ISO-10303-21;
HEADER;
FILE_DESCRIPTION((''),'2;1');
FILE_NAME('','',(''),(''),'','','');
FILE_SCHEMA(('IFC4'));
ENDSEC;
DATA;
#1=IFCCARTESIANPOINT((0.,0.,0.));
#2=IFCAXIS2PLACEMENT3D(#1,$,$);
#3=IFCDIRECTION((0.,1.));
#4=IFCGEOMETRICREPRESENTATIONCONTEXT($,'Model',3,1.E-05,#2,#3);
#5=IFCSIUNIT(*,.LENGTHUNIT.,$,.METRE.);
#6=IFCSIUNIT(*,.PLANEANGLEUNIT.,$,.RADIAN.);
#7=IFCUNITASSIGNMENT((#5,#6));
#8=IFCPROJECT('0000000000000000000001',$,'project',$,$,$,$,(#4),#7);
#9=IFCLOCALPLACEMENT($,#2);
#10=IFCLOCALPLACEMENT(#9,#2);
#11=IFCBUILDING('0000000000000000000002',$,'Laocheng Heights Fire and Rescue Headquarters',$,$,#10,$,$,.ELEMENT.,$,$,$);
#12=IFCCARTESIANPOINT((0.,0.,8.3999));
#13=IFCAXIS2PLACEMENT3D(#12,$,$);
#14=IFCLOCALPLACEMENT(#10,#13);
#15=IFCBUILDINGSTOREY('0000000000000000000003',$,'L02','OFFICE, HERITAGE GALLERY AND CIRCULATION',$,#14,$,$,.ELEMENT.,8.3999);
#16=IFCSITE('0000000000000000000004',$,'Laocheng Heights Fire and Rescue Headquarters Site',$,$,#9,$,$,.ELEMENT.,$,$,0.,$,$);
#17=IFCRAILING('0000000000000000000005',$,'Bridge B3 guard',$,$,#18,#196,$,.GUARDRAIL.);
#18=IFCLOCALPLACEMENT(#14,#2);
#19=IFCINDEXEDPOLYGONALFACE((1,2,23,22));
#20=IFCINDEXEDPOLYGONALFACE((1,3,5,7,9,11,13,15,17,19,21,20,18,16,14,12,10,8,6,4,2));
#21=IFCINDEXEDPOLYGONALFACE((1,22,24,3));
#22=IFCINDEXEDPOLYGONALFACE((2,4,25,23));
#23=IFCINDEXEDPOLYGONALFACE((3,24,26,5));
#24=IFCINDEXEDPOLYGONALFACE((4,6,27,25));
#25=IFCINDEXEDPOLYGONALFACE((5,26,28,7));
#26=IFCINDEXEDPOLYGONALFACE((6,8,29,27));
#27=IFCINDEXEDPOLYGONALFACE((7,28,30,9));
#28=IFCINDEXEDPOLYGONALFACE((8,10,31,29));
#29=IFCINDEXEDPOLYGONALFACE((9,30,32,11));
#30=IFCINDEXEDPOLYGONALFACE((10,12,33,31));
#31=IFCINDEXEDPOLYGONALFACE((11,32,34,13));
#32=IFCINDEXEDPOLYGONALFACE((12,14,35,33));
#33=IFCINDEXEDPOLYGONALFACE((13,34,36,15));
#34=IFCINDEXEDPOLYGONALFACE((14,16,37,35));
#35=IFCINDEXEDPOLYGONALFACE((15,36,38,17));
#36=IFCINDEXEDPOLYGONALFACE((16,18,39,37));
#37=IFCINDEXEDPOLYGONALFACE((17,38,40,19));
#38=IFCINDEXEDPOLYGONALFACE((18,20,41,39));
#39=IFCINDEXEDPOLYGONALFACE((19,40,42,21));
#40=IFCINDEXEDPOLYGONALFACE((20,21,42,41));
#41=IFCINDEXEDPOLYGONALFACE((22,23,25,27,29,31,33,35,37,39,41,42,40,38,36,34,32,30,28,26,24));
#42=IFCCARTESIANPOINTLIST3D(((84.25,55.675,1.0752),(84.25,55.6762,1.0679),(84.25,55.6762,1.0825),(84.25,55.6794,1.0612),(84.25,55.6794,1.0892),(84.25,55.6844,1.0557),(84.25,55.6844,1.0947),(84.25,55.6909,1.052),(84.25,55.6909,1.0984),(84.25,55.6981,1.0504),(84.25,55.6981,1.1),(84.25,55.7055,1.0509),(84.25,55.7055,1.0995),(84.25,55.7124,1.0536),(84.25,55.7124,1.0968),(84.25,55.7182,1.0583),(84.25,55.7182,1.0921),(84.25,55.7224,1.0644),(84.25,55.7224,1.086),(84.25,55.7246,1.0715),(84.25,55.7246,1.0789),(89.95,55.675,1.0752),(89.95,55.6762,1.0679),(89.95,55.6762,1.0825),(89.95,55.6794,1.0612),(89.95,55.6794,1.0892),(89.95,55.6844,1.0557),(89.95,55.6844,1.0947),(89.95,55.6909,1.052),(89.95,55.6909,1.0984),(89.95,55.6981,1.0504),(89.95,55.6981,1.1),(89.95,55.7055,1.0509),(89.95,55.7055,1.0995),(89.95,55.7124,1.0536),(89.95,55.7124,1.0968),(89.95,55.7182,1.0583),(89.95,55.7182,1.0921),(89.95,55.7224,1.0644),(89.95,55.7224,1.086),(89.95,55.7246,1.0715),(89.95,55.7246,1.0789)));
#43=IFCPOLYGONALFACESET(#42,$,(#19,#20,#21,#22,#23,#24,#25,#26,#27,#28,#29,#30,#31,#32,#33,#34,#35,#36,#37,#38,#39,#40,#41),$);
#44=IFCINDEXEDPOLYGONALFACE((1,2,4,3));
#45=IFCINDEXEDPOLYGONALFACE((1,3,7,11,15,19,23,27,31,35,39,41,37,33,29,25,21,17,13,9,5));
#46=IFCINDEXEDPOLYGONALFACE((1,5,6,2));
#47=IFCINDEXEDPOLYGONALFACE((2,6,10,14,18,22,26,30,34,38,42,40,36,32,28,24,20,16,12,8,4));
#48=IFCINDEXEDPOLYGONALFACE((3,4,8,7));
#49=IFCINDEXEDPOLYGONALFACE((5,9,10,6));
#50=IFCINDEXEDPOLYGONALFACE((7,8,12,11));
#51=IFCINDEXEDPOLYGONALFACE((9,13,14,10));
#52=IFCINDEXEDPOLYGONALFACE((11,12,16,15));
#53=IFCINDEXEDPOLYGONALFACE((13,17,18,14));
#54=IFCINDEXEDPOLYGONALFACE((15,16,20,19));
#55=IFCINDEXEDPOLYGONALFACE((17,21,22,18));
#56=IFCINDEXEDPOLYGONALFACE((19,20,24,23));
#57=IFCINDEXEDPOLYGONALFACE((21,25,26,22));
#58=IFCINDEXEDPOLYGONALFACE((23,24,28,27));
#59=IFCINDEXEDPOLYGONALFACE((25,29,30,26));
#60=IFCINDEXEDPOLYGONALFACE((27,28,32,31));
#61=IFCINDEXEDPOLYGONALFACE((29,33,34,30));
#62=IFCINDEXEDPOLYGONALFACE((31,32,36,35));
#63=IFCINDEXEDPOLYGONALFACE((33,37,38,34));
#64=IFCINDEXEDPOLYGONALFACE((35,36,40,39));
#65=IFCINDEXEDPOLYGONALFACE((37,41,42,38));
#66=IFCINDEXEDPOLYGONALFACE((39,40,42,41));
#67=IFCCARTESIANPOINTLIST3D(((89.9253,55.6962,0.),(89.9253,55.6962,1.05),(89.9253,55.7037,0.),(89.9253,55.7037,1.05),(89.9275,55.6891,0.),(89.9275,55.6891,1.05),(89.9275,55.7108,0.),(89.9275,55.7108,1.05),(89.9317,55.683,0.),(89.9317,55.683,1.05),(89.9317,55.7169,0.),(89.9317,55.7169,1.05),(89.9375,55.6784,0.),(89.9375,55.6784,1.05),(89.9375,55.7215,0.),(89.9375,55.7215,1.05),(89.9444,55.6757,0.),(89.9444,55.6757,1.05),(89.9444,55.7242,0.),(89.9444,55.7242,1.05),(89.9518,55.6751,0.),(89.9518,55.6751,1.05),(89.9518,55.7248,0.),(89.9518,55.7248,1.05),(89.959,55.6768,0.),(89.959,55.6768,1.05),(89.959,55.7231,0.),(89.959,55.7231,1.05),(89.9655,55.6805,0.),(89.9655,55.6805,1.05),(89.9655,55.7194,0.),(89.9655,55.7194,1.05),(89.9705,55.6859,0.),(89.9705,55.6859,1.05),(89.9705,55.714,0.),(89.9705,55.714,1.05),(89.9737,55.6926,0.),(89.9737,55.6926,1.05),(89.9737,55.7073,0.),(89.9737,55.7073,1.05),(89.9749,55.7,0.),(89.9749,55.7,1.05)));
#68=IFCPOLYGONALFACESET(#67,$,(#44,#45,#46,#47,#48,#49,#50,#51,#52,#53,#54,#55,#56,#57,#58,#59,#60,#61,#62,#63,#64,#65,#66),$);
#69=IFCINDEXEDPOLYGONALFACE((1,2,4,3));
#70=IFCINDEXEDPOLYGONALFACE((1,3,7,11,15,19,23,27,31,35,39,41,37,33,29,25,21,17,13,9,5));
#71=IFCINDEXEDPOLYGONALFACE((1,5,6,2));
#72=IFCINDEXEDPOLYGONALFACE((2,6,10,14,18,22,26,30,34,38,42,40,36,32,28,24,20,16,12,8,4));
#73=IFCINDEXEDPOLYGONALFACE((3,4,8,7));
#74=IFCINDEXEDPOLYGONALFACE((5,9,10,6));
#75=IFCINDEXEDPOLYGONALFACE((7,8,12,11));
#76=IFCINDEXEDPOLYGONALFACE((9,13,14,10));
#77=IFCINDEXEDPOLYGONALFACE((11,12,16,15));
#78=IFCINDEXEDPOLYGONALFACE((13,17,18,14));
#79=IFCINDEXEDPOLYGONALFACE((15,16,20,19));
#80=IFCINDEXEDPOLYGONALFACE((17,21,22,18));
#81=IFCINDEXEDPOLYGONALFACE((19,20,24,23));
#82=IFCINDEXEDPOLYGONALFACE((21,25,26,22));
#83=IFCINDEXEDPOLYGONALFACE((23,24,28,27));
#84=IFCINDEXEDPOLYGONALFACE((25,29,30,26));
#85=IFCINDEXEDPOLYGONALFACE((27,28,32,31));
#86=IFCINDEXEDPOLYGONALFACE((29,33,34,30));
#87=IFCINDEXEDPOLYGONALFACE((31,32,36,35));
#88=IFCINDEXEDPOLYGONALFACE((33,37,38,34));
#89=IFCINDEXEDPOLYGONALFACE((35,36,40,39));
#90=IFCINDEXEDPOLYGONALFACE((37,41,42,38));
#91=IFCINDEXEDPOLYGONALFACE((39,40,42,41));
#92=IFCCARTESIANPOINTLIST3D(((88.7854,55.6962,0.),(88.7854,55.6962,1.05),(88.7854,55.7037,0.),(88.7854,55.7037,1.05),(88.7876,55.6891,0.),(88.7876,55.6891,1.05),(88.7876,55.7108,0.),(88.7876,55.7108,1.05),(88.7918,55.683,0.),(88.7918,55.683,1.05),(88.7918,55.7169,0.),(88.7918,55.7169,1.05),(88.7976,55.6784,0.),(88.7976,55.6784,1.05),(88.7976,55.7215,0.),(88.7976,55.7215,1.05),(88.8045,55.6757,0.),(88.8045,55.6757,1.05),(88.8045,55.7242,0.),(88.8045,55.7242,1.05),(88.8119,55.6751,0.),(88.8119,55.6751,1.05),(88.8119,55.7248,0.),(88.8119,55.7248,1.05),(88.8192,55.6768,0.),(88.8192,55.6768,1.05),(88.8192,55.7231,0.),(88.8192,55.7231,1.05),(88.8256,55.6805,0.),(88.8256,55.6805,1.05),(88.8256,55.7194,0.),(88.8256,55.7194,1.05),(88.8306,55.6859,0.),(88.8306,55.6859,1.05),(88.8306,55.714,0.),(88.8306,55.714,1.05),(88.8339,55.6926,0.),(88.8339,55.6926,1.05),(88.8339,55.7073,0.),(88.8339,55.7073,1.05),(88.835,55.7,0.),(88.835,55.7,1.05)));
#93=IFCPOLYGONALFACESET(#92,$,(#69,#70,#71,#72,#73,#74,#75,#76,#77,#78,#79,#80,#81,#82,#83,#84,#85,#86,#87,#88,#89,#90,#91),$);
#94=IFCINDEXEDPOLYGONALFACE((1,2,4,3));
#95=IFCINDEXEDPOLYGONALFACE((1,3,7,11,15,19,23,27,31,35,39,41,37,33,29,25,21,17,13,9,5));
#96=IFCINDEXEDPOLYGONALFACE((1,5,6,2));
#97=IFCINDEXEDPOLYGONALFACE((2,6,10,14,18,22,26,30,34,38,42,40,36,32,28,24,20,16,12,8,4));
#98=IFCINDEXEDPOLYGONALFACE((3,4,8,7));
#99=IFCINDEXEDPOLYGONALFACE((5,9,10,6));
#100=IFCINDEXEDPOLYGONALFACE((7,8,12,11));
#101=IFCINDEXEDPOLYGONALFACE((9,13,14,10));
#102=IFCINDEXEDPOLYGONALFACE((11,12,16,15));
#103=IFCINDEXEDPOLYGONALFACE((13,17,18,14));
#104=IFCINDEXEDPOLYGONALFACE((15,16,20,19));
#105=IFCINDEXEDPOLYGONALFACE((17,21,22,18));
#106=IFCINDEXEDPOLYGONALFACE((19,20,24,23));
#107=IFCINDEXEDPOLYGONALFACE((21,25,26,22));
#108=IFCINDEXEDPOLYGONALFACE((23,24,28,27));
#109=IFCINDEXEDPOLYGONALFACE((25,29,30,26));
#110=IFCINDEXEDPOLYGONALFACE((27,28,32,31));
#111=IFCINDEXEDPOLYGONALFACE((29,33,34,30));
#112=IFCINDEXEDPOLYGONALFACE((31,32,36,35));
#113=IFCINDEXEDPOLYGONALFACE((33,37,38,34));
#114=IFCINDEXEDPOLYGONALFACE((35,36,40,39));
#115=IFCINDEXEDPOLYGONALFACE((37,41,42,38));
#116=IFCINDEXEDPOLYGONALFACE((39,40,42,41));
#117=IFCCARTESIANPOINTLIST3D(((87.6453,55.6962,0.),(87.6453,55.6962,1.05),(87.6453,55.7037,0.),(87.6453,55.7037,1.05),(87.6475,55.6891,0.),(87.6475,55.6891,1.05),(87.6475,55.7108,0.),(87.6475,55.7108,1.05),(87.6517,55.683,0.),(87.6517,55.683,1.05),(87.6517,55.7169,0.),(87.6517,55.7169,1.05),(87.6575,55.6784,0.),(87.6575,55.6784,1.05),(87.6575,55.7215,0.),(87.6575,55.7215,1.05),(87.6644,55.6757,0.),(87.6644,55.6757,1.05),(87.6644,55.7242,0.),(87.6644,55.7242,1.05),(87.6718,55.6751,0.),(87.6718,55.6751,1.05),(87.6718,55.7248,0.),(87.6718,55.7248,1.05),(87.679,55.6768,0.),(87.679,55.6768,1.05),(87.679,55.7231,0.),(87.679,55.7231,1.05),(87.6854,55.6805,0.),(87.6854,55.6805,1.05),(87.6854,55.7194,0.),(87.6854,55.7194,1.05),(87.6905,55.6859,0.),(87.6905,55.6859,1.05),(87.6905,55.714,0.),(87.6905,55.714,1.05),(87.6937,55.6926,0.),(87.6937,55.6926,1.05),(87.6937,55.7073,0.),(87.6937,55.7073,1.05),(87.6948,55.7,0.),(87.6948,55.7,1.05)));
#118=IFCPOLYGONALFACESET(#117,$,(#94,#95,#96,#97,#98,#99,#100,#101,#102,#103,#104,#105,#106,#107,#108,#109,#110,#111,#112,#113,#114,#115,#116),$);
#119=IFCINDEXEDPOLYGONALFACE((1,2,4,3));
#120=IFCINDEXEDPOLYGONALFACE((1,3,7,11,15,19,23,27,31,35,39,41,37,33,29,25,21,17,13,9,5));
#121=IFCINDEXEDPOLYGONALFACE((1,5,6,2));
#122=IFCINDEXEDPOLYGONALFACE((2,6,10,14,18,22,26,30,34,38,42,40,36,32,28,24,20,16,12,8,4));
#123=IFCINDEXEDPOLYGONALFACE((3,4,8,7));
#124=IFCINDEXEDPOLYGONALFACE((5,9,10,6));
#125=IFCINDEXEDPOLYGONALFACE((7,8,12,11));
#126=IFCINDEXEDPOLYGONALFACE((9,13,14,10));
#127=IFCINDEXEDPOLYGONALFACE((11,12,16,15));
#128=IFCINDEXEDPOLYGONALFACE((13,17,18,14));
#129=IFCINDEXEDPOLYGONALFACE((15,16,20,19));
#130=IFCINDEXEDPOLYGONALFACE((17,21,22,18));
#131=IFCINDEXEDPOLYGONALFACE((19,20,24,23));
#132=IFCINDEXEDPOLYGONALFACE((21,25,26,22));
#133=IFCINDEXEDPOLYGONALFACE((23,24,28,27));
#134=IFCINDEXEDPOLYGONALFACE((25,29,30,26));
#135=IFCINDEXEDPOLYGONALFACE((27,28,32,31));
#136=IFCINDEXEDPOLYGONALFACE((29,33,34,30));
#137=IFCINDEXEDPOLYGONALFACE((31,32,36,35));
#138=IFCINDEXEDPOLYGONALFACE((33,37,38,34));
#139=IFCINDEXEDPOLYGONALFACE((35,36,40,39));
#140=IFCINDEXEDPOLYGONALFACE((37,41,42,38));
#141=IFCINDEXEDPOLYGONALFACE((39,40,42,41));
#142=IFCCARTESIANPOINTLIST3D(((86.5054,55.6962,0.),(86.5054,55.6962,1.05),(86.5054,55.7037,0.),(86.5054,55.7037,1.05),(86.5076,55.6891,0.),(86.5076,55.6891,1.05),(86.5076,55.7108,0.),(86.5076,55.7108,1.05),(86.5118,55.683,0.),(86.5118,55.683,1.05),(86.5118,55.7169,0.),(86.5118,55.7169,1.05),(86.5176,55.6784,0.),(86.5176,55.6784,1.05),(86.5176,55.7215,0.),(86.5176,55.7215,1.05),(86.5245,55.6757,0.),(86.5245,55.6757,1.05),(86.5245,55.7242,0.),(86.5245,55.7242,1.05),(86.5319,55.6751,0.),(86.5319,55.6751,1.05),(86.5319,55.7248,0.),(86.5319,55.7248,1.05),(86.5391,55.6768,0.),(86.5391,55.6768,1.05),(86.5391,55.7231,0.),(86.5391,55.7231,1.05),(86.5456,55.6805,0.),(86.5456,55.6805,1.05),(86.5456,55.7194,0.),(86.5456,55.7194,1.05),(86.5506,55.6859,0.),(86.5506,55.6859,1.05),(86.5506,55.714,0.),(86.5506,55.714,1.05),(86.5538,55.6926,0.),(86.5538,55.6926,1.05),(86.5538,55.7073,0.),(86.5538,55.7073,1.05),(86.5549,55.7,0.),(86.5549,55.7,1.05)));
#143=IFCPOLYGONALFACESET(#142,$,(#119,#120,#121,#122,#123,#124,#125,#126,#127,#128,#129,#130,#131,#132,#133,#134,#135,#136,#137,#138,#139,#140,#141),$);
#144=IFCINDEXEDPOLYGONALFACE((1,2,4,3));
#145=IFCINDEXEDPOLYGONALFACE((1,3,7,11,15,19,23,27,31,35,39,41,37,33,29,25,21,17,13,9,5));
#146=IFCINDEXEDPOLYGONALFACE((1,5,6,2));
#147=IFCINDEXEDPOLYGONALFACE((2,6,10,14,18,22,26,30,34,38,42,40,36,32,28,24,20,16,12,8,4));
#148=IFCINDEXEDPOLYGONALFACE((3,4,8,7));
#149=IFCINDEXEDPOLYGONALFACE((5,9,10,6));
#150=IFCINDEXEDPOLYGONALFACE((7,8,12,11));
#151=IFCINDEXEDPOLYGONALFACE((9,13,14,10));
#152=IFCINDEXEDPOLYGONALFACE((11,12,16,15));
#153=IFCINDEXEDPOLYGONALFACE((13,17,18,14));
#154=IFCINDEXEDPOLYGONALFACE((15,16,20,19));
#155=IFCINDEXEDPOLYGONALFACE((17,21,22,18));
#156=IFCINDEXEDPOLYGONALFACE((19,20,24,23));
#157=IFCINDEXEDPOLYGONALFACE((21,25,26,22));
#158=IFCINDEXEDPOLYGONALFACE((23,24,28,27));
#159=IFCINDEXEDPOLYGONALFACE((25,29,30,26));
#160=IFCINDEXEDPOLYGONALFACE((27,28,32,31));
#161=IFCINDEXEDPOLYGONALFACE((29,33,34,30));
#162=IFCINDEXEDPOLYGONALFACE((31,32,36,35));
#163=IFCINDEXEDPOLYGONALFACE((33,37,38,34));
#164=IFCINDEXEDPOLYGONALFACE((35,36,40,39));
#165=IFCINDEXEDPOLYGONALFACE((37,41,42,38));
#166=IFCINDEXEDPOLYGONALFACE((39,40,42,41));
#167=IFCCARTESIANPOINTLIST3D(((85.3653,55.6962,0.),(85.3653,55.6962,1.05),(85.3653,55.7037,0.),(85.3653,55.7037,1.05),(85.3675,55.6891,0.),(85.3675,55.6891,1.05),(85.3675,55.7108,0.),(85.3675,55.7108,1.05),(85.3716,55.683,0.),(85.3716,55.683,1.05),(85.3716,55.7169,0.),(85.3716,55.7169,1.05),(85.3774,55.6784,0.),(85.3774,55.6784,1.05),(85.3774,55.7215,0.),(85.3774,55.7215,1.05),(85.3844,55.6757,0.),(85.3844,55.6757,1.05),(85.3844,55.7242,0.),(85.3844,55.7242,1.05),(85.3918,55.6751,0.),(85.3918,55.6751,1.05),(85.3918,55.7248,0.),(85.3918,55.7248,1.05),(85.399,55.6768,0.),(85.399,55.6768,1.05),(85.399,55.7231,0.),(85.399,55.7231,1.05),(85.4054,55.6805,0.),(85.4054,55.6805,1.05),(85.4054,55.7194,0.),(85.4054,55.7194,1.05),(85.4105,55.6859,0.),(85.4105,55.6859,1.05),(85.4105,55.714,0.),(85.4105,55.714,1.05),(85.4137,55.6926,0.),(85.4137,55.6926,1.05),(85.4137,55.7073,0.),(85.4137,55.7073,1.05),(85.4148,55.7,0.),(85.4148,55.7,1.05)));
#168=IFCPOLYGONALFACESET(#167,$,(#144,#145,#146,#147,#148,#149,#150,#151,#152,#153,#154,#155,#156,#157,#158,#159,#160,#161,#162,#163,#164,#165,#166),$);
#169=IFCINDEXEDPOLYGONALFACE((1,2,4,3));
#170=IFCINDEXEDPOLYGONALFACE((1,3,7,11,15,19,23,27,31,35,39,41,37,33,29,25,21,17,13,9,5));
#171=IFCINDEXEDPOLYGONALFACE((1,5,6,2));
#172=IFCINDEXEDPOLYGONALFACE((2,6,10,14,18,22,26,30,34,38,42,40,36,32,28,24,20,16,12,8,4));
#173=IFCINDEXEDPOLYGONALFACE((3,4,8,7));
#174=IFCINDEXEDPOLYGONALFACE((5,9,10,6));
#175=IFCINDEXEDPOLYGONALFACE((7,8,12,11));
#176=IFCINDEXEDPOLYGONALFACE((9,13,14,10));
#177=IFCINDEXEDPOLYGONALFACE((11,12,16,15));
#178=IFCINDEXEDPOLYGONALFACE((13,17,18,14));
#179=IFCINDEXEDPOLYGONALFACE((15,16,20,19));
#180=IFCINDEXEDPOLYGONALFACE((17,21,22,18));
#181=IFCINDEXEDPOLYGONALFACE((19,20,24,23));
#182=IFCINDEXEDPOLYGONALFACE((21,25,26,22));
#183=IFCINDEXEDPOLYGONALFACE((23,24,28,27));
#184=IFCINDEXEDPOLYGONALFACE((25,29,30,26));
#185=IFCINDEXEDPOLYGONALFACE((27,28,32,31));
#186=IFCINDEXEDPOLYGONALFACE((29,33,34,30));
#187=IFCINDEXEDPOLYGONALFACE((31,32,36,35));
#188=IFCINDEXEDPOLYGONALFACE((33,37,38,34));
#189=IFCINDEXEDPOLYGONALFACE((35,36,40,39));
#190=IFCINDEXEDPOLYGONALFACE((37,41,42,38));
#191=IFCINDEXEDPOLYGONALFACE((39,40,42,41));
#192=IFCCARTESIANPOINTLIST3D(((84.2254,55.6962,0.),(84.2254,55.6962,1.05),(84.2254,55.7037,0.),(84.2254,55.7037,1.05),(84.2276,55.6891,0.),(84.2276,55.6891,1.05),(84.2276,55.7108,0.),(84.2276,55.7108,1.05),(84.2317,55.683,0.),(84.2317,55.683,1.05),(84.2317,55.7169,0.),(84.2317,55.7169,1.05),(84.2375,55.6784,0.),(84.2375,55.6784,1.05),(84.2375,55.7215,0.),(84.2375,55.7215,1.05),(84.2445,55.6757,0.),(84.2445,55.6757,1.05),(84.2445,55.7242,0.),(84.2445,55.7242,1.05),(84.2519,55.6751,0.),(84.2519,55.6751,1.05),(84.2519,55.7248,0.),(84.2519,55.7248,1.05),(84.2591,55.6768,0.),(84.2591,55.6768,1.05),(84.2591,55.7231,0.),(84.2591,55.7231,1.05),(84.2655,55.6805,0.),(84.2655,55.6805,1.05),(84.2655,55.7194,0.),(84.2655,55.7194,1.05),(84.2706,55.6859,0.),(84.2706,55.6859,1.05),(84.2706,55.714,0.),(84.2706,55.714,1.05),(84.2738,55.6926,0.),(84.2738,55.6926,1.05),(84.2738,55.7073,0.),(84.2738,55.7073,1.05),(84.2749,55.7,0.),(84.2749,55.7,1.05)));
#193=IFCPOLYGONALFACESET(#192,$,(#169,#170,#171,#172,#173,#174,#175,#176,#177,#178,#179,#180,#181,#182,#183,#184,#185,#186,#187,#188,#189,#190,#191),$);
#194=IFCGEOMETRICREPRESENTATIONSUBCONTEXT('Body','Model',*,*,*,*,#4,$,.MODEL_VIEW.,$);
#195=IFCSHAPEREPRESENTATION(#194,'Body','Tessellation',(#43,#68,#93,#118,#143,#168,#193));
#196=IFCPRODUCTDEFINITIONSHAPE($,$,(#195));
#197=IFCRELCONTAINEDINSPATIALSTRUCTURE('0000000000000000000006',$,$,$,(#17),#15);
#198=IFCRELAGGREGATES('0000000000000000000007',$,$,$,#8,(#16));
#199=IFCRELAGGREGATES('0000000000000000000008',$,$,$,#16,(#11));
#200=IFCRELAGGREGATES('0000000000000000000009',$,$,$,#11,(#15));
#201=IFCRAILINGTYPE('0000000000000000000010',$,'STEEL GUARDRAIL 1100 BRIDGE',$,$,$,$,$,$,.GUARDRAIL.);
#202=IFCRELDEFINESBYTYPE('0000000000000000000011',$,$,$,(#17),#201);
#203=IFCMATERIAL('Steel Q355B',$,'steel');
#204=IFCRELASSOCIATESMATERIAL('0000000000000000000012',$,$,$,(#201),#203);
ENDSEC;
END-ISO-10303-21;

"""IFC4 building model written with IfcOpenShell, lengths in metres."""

from ifc_helpers import new_model, si_unit, direction, frame, origin, origin_2d, place, context, subcontext, project, spatial, circle, extrude, material, type_object, element, save


model = new_model("IFC4")

# Units and contexts
model_context = context("Model", 3, precision=1e-05, world=origin(), true_north=direction((0.0, 1.0)))
body_context = subcontext(model_context, "Body", "Model", "MODEL_VIEW")
ifc_project = project(units=[si_unit("LENGTHUNIT", "METRE"), si_unit("PLANEANGLEUNIT", "RADIAN")], contexts=[model_context])

# Site, building, storey
site_placement = place(None, origin())
site = spatial("IfcSite", under=ifc_project, at=site_placement, Name="Laocheng Heights Fire and Rescue Headquarters Site", CompositionType="ELEMENT", RefElevation=0.0)
building_placement = place(site_placement, origin())
building = spatial("IfcBuilding", under=site, at=building_placement, Name="Laocheng Heights Fire and Rescue Headquarters", CompositionType="ELEMENT")
storey_placement = place(building_placement, frame((0.0, 0.0, 8.3999)))
storey = spatial("IfcBuildingStorey", under=building, at=storey_placement, Name="L02", Description="OFFICE, HERITAGE GALLERY AND CIRCULATION", CompositionType="ELEMENT", Elevation=8.3999)

# Railing
ifc_material_1 = material(Name="Steel Q355B", Category="steel")
railing_type_1 = type_object("IfcRailingType", Name="STEEL GUARDRAIL 1100 BRIDGE", PredefinedType="GUARDRAIL", material=ifc_material_1)
railing_1_placement = place(storey_placement, frame((89.95, 55.7, 0.0)))
element("IfcRailing", 1, at=railing_1_placement, inside=storey, type_object=railing_type_1, Name="Bridge B3 guard", PredefinedType="GUARDRAIL", context=body_context, shape_type="SweptSolid", body=[
    extrude(circle(Radius=0.0249, at=origin_2d()), frame((0.0, 0.0, 1.0752), z_axis=(-1.0, 0.0, 0.0), x_axis=(0.0, -1.0, 0.0)), (0.0, 0.0, 1.0), 5.7),
    extrude(circle(Radius=0.0249, at=origin_2d()), origin(), (0.0, 0.0, 1.0), 1.05),
    extrude(circle(Radius=0.0249, at=origin_2d()), frame((-1.1399, 0.0, 0.0)), (0.0, 0.0, 1.0), 1.05),
    extrude(circle(Radius=0.0249, at=origin_2d()), frame((-2.28, 0.0, 0.0)), (0.0, 0.0, 1.0), 1.05),
    extrude(circle(Radius=0.0249, at=origin_2d()), frame((-3.4199, 0.0, 0.0)), (0.0, 0.0, 1.0), 1.05),
    extrude(circle(Radius=0.0249, at=origin_2d()), frame((-4.5601, 0.0, 0.0)), (0.0, 0.0, 1.0), 1.05),
    extrude(circle(Radius=0.0249, at=origin_2d()), frame((-5.7, 0.0, 0.0)), (0.0, 0.0, 1.0), 1.05),
])

save(model, "model.ifc")
